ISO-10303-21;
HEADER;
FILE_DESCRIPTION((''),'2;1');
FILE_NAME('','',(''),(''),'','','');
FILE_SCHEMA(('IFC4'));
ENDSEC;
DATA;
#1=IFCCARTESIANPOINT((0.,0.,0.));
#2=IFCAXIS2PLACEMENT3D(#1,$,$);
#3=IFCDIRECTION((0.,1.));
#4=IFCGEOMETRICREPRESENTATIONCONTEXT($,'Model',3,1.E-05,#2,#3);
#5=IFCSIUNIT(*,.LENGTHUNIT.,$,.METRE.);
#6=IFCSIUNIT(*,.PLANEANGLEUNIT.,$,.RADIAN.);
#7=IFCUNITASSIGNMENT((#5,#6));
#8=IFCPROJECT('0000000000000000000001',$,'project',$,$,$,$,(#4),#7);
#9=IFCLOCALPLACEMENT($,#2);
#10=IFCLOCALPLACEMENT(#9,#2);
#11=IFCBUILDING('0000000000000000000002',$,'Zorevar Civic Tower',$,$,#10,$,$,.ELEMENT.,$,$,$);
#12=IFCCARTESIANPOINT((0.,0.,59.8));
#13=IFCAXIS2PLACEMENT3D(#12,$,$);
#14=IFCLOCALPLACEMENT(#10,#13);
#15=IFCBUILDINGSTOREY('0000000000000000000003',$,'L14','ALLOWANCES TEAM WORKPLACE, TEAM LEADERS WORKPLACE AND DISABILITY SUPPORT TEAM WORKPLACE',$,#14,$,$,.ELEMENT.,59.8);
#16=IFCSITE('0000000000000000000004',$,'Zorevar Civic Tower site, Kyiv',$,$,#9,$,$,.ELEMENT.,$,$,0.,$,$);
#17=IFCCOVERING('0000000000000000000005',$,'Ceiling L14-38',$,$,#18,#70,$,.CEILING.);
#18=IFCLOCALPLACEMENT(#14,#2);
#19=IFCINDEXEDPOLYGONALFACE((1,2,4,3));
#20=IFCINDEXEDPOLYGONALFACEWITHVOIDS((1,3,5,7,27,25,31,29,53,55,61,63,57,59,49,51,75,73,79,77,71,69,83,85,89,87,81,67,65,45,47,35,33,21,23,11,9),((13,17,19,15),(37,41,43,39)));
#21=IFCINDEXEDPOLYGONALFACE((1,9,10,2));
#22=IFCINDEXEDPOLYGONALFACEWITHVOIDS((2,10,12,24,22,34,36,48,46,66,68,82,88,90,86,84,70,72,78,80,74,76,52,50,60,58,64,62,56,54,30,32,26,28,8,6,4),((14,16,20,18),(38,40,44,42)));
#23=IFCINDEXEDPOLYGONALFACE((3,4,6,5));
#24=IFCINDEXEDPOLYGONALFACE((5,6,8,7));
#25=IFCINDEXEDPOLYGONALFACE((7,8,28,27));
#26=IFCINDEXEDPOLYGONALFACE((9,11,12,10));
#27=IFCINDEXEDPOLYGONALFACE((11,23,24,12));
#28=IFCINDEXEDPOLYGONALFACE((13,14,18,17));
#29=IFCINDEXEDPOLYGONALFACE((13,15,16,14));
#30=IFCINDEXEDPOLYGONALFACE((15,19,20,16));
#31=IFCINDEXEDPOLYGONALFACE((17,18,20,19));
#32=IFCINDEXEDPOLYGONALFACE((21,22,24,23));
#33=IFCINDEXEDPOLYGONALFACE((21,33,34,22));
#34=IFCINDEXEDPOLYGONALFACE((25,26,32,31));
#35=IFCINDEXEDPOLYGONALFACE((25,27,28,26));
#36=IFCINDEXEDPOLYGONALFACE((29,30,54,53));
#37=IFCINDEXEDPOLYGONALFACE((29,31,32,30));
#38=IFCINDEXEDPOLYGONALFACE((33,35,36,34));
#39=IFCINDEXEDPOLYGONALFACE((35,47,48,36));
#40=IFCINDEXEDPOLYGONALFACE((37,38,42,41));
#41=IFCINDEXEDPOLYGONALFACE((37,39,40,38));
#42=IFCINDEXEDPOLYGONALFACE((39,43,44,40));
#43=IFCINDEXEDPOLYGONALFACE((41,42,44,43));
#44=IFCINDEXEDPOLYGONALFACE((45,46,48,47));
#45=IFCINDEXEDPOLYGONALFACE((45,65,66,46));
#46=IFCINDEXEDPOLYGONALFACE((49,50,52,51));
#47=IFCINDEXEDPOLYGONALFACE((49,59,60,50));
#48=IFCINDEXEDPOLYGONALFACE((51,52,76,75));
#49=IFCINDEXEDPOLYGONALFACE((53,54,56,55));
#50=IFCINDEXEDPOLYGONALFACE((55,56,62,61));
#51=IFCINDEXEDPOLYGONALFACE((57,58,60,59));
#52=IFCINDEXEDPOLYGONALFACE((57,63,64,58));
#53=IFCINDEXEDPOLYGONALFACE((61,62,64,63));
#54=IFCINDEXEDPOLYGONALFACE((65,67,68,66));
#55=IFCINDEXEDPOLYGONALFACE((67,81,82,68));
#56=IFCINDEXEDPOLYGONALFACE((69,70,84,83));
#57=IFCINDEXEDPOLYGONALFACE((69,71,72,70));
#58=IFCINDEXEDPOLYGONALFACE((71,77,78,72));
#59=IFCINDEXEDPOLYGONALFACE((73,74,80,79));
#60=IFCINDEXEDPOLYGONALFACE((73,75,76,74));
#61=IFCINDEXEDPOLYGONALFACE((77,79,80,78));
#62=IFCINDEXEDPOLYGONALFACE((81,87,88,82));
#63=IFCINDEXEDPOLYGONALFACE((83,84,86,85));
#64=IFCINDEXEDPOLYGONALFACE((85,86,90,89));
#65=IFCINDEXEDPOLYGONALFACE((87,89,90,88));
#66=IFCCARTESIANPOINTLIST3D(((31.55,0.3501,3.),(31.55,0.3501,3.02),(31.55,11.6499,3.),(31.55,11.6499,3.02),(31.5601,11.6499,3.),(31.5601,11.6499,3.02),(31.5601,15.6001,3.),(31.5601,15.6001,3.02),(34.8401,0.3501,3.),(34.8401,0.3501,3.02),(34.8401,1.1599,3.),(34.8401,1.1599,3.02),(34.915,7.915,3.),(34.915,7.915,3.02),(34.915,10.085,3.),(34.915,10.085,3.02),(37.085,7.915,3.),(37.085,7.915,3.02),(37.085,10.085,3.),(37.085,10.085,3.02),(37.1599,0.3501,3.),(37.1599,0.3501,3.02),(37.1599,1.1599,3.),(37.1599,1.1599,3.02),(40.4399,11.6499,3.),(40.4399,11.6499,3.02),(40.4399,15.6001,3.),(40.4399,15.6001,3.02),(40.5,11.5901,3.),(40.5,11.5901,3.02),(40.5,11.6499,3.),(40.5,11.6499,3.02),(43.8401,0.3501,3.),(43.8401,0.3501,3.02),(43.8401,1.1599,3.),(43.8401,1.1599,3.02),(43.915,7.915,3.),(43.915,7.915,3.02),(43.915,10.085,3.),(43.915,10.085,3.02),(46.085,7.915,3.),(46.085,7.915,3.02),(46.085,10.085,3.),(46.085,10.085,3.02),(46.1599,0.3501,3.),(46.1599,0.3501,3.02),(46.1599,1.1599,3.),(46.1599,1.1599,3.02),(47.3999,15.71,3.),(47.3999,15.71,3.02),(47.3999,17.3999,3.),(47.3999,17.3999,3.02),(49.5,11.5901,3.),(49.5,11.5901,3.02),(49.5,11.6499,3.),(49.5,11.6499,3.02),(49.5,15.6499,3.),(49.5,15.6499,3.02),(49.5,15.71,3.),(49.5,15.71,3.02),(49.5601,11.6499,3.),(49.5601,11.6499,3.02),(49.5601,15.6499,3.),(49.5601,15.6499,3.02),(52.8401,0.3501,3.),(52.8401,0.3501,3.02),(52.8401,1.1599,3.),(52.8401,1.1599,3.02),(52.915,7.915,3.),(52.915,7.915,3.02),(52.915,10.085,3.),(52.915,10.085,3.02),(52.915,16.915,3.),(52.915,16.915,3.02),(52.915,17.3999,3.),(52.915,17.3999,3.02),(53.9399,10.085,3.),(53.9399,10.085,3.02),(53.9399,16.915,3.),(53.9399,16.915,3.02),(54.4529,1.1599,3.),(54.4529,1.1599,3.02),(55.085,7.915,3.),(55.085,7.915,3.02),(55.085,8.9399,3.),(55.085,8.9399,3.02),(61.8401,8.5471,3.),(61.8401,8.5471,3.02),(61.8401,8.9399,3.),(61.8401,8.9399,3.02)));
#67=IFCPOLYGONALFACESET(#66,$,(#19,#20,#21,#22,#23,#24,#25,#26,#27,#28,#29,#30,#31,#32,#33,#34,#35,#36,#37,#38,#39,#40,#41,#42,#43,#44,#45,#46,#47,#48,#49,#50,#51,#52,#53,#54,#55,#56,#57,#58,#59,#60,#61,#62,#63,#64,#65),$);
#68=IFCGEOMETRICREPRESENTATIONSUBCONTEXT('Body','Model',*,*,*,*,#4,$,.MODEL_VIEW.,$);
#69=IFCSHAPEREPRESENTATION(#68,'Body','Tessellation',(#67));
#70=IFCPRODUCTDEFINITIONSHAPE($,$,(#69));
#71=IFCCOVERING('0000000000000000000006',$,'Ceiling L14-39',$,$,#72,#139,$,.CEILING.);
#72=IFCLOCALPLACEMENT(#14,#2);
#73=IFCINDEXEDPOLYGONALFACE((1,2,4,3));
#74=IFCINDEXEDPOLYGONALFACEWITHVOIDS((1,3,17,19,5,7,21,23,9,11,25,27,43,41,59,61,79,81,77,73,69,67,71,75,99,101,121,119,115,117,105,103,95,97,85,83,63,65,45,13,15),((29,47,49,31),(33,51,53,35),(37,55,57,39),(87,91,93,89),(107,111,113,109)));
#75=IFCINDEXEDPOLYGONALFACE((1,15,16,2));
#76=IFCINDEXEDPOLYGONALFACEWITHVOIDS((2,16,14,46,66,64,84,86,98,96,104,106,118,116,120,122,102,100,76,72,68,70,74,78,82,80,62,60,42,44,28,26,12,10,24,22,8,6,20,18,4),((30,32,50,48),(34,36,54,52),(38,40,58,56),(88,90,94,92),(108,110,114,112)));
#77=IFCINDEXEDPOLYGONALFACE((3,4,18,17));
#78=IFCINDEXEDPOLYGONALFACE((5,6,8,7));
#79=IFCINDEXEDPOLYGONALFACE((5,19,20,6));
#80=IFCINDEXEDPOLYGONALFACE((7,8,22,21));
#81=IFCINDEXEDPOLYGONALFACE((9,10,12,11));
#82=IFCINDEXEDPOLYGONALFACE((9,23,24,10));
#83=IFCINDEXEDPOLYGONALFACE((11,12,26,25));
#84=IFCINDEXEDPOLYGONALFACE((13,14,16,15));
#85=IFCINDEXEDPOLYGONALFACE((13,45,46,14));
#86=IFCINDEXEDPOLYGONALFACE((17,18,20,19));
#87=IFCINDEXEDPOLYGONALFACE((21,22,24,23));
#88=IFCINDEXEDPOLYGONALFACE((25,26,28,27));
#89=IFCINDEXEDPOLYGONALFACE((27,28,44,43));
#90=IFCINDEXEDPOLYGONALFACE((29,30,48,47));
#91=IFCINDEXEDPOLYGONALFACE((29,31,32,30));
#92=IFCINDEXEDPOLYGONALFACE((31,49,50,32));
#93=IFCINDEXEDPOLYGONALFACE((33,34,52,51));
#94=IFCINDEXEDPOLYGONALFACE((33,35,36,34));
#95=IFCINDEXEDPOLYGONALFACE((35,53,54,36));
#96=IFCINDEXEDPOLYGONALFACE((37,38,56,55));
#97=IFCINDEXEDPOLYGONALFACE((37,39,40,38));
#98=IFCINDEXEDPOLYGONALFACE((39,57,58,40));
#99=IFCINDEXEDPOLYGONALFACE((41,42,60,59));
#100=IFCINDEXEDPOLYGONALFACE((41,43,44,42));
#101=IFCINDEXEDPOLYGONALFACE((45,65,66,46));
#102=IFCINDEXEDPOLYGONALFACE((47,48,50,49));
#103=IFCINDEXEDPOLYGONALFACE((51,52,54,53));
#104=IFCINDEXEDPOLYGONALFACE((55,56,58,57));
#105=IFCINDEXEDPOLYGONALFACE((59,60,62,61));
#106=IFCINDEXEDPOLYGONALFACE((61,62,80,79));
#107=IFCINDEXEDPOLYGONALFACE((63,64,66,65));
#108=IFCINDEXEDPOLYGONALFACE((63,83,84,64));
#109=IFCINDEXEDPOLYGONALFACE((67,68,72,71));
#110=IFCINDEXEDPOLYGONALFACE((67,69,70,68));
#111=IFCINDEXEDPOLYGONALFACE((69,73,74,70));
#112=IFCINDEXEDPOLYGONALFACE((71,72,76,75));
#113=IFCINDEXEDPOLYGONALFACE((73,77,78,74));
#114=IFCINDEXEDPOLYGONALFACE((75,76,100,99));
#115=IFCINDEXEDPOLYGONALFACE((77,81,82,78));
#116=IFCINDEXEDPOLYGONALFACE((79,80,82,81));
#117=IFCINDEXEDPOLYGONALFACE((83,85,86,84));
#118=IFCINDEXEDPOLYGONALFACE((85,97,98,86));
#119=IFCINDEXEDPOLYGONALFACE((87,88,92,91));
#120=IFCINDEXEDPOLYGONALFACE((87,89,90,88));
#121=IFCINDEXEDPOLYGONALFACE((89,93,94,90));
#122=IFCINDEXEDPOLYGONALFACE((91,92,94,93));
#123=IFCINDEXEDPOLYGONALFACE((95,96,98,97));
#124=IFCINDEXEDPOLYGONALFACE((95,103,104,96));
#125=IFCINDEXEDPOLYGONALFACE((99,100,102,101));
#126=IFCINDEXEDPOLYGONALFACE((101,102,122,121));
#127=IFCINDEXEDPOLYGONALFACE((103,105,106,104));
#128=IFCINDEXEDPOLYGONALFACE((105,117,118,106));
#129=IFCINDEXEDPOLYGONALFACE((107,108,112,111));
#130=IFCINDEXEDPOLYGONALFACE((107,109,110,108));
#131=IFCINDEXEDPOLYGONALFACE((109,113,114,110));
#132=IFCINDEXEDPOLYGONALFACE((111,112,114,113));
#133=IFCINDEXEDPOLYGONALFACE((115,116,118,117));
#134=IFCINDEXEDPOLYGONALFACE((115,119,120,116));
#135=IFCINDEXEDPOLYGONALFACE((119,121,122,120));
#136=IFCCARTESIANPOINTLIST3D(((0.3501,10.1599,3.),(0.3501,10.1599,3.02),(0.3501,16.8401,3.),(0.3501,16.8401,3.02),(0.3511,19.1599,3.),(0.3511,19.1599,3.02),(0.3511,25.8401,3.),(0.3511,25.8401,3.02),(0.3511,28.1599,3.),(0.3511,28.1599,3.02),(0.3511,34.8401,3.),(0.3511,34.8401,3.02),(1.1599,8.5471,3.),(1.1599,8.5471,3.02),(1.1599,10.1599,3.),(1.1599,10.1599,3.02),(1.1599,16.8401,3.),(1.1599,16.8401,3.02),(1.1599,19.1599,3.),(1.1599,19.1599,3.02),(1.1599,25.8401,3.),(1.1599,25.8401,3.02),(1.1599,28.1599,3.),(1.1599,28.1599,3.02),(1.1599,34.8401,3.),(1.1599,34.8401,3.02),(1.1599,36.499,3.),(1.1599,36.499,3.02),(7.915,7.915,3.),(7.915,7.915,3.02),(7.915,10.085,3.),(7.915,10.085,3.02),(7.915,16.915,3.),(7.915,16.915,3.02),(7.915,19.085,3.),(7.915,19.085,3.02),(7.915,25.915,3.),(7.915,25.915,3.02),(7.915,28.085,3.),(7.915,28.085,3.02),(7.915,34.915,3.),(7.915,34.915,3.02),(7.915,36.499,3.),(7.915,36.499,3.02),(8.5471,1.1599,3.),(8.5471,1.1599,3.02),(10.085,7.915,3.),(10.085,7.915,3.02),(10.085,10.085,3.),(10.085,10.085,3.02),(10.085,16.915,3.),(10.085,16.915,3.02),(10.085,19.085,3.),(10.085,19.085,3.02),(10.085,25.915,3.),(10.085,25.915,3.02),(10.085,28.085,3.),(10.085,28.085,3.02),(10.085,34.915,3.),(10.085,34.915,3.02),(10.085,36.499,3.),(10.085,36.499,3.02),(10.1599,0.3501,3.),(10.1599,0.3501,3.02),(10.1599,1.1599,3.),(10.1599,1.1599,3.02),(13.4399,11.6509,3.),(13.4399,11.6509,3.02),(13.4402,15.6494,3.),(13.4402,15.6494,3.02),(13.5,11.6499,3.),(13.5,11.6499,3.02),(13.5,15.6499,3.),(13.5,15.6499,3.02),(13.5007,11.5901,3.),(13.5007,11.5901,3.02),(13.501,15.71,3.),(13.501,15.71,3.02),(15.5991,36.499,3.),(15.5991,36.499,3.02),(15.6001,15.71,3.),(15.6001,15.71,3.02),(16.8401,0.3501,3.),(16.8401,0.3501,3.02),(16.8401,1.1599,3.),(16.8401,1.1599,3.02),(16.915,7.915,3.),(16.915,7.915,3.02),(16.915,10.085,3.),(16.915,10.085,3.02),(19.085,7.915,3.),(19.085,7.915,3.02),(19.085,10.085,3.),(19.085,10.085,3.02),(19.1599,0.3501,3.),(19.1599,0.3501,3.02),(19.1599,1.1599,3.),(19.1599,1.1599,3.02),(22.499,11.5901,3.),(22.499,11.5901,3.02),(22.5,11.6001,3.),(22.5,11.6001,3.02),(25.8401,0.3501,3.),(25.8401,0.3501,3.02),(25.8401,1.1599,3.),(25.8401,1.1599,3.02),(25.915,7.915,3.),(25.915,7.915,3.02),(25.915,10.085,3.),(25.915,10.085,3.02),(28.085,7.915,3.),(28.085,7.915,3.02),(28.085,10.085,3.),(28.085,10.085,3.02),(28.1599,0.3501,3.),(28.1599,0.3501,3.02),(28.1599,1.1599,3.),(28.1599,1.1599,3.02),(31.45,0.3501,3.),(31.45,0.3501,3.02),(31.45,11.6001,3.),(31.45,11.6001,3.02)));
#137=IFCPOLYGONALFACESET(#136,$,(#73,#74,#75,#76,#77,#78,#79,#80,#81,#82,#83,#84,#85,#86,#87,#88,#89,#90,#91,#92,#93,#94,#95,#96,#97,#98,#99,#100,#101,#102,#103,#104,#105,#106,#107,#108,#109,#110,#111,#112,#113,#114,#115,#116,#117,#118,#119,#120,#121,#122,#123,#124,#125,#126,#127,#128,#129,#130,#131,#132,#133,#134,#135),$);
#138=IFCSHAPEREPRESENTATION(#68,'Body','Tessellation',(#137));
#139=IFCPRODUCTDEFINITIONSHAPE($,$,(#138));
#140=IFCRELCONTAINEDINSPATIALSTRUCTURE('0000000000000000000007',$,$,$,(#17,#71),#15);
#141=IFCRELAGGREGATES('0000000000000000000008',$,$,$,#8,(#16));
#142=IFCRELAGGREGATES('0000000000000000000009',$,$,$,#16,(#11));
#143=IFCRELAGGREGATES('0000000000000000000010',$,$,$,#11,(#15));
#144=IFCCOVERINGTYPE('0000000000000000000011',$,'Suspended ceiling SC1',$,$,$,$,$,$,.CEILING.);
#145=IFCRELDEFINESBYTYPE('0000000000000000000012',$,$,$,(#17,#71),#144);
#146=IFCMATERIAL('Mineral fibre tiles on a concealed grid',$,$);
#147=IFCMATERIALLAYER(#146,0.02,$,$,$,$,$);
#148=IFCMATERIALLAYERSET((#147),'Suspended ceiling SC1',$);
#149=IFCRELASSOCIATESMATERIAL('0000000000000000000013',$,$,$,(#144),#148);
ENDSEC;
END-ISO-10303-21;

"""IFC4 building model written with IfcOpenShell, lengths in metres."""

from ifc_helpers import new_model, si_unit, direction, frame, origin, place, context, subcontext, project, spatial, polyline, outline, extrude, material, layer, layer_set, type_object, element, save


model = new_model("IFC4")

# Units and contexts
model_context = context("Model", 3, precision=1e-05, world=origin(), true_north=direction((0.0, 1.0)))
body_context = subcontext(model_context, "Body", "Model", "MODEL_VIEW")
ifc_project = project(units=[si_unit("LENGTHUNIT", "METRE"), si_unit("PLANEANGLEUNIT", "RADIAN")], contexts=[model_context])

# Site, building, storey
site_placement = place(None, origin())
site = spatial("IfcSite", under=ifc_project, at=site_placement, Name="Zorevar Civic Tower site, Kyiv", CompositionType="ELEMENT", RefElevation=0.0)
building_placement = place(site_placement, origin())
building = spatial("IfcBuilding", under=site, at=building_placement, Name="Zorevar Civic Tower", CompositionType="ELEMENT")
storey_placement = place(building_placement, frame((0.0, 0.0, 59.8)))
storey = spatial("IfcBuildingStorey", under=building, at=storey_placement, Name="L14", Description="ALLOWANCES TEAM WORKPLACE, TEAM LEADERS WORKPLACE AND DISABILITY SUPPORT TEAM WORKPLACE", CompositionType="ELEMENT", Elevation=59.8)

# Coverings
ifc_material_1 = material(Name="Mineral fibre tiles on a concealed grid")
ifc_layer_1 = layer(ifc_material_1, 0.02)
ifc_layer_set_1 = layer_set([ifc_layer_1], Name="Suspended ceiling SC1")
covering_type_1 = type_object("IfcCoveringType", Name="Suspended ceiling SC1", PredefinedType="CEILING", material=ifc_layer_set_1)
covering_1_placement = place(storey_placement, frame((0.0, 0.0, 3.0)))
element("IfcCovering", 1, at=covering_1_placement, inside=storey, type_object=covering_type_1, Name="Ceiling L14-38", PredefinedType="CEILING", context=body_context, shape_type="SweptSolid", body=[
    extrude(outline(polyline([(53.9399, 16.915), (53.9399, 10.085), (52.915, 10.085), (52.915, 7.915), (55.085, 7.915), (55.085, 8.9399), (61.8401, 8.9399), (61.8401, 8.5471), (54.4529, 1.1599), (52.8401, 1.1599), (52.8401, 0.3501), (46.1599, 0.3501), (46.1599, 1.1599), (43.8401, 1.1599), (43.8401, 0.3501), (37.1599, 0.3501), (37.1599, 1.1599), (34.8401, 1.1599), (34.8401, 0.3501), (31.55, 0.3501), (31.55, 11.6499), (31.5601, 11.6499), (31.5601, 15.6001), (40.4399, 15.6001), (40.4399, 11.6499), (40.5, 11.6499), (40.5, 11.5901), (49.5, 11.5901), (49.5, 11.6499), (49.5601, 11.6499), (49.5601, 15.6499), (49.5, 15.6499), (49.5, 15.71), (47.3999, 15.71), (47.3999, 17.3999), (52.915, 17.3999), (52.915, 16.915), (53.9399, 16.915)]), holes=[polyline([(37.085, 7.915), (37.085, 10.085), (34.915, 10.085), (34.915, 7.915), (37.085, 7.915)]), polyline([(43.915, 10.085), (43.915, 7.915), (46.085, 7.915), (46.085, 10.085), (43.915, 10.085)])]), origin(), (0.0, 0.0, 1.0), 0.02),
])
covering_2_placement = place(storey_placement, frame((0.0, 0.0, 3.0)))
element("IfcCovering", 2, at=covering_2_placement, inside=storey, type_object=covering_type_1, Name="Ceiling L14-39", PredefinedType="CEILING", context=body_context, shape_type="SweptSolid", body=[
    extrude(outline(polyline([(25.8401, 1.1599), (25.8401, 0.3501), (19.1599, 0.3501), (19.1599, 1.1599), (16.8401, 1.1599), (16.8401, 0.3501), (10.1599, 0.3501), (10.1599, 1.1599), (8.5471, 1.1599), (1.1599, 8.5471), (1.1599, 10.1599), (0.3501, 10.1599), (0.3501, 16.8401), (1.1599, 16.8401), (1.1599, 19.1599), (0.3511, 19.1599), (0.3511, 25.8401), (1.1599, 25.8401), (1.1599, 28.1599), (0.3511, 28.1599), (0.3511, 34.8401), (1.1599, 34.8401), (1.1599, 36.499), (7.915, 36.499), (7.915, 34.915), (10.085, 34.915), (10.085, 36.499), (15.5991, 36.499), (15.6001, 15.71), (13.501, 15.71), (13.5, 15.6499), (13.4402, 15.6494), (13.4399, 11.6509), (13.5, 11.6499), (13.5007, 11.5901), (22.499, 11.5901), (22.5, 11.6001), (31.45, 11.6001), (31.45, 0.3501), (28.1599, 0.3501), (28.1599, 1.1599), (25.8401, 1.1599)]), holes=[polyline([(10.085, 10.085), (7.915, 10.085), (7.915, 7.915), (10.085, 7.915), (10.085, 10.085)]), polyline([(10.085, 16.915), (10.085, 19.085), (7.915, 19.085), (7.915, 16.915), (10.085, 16.915)]), polyline([(7.915, 25.915), (10.085, 25.915), (10.085, 28.085), (7.915, 28.085), (7.915, 25.915)]), polyline([(19.085, 7.915), (19.085, 10.085), (16.915, 10.085), (16.915, 7.915), (19.085, 7.915)]), polyline([(25.915, 10.085), (25.915, 7.915), (28.085, 7.915), (28.085, 10.085), (25.915, 10.085)])]), origin(), (0.0, 0.0, 1.0), 0.02),
])

save(model, "model.ifc")
